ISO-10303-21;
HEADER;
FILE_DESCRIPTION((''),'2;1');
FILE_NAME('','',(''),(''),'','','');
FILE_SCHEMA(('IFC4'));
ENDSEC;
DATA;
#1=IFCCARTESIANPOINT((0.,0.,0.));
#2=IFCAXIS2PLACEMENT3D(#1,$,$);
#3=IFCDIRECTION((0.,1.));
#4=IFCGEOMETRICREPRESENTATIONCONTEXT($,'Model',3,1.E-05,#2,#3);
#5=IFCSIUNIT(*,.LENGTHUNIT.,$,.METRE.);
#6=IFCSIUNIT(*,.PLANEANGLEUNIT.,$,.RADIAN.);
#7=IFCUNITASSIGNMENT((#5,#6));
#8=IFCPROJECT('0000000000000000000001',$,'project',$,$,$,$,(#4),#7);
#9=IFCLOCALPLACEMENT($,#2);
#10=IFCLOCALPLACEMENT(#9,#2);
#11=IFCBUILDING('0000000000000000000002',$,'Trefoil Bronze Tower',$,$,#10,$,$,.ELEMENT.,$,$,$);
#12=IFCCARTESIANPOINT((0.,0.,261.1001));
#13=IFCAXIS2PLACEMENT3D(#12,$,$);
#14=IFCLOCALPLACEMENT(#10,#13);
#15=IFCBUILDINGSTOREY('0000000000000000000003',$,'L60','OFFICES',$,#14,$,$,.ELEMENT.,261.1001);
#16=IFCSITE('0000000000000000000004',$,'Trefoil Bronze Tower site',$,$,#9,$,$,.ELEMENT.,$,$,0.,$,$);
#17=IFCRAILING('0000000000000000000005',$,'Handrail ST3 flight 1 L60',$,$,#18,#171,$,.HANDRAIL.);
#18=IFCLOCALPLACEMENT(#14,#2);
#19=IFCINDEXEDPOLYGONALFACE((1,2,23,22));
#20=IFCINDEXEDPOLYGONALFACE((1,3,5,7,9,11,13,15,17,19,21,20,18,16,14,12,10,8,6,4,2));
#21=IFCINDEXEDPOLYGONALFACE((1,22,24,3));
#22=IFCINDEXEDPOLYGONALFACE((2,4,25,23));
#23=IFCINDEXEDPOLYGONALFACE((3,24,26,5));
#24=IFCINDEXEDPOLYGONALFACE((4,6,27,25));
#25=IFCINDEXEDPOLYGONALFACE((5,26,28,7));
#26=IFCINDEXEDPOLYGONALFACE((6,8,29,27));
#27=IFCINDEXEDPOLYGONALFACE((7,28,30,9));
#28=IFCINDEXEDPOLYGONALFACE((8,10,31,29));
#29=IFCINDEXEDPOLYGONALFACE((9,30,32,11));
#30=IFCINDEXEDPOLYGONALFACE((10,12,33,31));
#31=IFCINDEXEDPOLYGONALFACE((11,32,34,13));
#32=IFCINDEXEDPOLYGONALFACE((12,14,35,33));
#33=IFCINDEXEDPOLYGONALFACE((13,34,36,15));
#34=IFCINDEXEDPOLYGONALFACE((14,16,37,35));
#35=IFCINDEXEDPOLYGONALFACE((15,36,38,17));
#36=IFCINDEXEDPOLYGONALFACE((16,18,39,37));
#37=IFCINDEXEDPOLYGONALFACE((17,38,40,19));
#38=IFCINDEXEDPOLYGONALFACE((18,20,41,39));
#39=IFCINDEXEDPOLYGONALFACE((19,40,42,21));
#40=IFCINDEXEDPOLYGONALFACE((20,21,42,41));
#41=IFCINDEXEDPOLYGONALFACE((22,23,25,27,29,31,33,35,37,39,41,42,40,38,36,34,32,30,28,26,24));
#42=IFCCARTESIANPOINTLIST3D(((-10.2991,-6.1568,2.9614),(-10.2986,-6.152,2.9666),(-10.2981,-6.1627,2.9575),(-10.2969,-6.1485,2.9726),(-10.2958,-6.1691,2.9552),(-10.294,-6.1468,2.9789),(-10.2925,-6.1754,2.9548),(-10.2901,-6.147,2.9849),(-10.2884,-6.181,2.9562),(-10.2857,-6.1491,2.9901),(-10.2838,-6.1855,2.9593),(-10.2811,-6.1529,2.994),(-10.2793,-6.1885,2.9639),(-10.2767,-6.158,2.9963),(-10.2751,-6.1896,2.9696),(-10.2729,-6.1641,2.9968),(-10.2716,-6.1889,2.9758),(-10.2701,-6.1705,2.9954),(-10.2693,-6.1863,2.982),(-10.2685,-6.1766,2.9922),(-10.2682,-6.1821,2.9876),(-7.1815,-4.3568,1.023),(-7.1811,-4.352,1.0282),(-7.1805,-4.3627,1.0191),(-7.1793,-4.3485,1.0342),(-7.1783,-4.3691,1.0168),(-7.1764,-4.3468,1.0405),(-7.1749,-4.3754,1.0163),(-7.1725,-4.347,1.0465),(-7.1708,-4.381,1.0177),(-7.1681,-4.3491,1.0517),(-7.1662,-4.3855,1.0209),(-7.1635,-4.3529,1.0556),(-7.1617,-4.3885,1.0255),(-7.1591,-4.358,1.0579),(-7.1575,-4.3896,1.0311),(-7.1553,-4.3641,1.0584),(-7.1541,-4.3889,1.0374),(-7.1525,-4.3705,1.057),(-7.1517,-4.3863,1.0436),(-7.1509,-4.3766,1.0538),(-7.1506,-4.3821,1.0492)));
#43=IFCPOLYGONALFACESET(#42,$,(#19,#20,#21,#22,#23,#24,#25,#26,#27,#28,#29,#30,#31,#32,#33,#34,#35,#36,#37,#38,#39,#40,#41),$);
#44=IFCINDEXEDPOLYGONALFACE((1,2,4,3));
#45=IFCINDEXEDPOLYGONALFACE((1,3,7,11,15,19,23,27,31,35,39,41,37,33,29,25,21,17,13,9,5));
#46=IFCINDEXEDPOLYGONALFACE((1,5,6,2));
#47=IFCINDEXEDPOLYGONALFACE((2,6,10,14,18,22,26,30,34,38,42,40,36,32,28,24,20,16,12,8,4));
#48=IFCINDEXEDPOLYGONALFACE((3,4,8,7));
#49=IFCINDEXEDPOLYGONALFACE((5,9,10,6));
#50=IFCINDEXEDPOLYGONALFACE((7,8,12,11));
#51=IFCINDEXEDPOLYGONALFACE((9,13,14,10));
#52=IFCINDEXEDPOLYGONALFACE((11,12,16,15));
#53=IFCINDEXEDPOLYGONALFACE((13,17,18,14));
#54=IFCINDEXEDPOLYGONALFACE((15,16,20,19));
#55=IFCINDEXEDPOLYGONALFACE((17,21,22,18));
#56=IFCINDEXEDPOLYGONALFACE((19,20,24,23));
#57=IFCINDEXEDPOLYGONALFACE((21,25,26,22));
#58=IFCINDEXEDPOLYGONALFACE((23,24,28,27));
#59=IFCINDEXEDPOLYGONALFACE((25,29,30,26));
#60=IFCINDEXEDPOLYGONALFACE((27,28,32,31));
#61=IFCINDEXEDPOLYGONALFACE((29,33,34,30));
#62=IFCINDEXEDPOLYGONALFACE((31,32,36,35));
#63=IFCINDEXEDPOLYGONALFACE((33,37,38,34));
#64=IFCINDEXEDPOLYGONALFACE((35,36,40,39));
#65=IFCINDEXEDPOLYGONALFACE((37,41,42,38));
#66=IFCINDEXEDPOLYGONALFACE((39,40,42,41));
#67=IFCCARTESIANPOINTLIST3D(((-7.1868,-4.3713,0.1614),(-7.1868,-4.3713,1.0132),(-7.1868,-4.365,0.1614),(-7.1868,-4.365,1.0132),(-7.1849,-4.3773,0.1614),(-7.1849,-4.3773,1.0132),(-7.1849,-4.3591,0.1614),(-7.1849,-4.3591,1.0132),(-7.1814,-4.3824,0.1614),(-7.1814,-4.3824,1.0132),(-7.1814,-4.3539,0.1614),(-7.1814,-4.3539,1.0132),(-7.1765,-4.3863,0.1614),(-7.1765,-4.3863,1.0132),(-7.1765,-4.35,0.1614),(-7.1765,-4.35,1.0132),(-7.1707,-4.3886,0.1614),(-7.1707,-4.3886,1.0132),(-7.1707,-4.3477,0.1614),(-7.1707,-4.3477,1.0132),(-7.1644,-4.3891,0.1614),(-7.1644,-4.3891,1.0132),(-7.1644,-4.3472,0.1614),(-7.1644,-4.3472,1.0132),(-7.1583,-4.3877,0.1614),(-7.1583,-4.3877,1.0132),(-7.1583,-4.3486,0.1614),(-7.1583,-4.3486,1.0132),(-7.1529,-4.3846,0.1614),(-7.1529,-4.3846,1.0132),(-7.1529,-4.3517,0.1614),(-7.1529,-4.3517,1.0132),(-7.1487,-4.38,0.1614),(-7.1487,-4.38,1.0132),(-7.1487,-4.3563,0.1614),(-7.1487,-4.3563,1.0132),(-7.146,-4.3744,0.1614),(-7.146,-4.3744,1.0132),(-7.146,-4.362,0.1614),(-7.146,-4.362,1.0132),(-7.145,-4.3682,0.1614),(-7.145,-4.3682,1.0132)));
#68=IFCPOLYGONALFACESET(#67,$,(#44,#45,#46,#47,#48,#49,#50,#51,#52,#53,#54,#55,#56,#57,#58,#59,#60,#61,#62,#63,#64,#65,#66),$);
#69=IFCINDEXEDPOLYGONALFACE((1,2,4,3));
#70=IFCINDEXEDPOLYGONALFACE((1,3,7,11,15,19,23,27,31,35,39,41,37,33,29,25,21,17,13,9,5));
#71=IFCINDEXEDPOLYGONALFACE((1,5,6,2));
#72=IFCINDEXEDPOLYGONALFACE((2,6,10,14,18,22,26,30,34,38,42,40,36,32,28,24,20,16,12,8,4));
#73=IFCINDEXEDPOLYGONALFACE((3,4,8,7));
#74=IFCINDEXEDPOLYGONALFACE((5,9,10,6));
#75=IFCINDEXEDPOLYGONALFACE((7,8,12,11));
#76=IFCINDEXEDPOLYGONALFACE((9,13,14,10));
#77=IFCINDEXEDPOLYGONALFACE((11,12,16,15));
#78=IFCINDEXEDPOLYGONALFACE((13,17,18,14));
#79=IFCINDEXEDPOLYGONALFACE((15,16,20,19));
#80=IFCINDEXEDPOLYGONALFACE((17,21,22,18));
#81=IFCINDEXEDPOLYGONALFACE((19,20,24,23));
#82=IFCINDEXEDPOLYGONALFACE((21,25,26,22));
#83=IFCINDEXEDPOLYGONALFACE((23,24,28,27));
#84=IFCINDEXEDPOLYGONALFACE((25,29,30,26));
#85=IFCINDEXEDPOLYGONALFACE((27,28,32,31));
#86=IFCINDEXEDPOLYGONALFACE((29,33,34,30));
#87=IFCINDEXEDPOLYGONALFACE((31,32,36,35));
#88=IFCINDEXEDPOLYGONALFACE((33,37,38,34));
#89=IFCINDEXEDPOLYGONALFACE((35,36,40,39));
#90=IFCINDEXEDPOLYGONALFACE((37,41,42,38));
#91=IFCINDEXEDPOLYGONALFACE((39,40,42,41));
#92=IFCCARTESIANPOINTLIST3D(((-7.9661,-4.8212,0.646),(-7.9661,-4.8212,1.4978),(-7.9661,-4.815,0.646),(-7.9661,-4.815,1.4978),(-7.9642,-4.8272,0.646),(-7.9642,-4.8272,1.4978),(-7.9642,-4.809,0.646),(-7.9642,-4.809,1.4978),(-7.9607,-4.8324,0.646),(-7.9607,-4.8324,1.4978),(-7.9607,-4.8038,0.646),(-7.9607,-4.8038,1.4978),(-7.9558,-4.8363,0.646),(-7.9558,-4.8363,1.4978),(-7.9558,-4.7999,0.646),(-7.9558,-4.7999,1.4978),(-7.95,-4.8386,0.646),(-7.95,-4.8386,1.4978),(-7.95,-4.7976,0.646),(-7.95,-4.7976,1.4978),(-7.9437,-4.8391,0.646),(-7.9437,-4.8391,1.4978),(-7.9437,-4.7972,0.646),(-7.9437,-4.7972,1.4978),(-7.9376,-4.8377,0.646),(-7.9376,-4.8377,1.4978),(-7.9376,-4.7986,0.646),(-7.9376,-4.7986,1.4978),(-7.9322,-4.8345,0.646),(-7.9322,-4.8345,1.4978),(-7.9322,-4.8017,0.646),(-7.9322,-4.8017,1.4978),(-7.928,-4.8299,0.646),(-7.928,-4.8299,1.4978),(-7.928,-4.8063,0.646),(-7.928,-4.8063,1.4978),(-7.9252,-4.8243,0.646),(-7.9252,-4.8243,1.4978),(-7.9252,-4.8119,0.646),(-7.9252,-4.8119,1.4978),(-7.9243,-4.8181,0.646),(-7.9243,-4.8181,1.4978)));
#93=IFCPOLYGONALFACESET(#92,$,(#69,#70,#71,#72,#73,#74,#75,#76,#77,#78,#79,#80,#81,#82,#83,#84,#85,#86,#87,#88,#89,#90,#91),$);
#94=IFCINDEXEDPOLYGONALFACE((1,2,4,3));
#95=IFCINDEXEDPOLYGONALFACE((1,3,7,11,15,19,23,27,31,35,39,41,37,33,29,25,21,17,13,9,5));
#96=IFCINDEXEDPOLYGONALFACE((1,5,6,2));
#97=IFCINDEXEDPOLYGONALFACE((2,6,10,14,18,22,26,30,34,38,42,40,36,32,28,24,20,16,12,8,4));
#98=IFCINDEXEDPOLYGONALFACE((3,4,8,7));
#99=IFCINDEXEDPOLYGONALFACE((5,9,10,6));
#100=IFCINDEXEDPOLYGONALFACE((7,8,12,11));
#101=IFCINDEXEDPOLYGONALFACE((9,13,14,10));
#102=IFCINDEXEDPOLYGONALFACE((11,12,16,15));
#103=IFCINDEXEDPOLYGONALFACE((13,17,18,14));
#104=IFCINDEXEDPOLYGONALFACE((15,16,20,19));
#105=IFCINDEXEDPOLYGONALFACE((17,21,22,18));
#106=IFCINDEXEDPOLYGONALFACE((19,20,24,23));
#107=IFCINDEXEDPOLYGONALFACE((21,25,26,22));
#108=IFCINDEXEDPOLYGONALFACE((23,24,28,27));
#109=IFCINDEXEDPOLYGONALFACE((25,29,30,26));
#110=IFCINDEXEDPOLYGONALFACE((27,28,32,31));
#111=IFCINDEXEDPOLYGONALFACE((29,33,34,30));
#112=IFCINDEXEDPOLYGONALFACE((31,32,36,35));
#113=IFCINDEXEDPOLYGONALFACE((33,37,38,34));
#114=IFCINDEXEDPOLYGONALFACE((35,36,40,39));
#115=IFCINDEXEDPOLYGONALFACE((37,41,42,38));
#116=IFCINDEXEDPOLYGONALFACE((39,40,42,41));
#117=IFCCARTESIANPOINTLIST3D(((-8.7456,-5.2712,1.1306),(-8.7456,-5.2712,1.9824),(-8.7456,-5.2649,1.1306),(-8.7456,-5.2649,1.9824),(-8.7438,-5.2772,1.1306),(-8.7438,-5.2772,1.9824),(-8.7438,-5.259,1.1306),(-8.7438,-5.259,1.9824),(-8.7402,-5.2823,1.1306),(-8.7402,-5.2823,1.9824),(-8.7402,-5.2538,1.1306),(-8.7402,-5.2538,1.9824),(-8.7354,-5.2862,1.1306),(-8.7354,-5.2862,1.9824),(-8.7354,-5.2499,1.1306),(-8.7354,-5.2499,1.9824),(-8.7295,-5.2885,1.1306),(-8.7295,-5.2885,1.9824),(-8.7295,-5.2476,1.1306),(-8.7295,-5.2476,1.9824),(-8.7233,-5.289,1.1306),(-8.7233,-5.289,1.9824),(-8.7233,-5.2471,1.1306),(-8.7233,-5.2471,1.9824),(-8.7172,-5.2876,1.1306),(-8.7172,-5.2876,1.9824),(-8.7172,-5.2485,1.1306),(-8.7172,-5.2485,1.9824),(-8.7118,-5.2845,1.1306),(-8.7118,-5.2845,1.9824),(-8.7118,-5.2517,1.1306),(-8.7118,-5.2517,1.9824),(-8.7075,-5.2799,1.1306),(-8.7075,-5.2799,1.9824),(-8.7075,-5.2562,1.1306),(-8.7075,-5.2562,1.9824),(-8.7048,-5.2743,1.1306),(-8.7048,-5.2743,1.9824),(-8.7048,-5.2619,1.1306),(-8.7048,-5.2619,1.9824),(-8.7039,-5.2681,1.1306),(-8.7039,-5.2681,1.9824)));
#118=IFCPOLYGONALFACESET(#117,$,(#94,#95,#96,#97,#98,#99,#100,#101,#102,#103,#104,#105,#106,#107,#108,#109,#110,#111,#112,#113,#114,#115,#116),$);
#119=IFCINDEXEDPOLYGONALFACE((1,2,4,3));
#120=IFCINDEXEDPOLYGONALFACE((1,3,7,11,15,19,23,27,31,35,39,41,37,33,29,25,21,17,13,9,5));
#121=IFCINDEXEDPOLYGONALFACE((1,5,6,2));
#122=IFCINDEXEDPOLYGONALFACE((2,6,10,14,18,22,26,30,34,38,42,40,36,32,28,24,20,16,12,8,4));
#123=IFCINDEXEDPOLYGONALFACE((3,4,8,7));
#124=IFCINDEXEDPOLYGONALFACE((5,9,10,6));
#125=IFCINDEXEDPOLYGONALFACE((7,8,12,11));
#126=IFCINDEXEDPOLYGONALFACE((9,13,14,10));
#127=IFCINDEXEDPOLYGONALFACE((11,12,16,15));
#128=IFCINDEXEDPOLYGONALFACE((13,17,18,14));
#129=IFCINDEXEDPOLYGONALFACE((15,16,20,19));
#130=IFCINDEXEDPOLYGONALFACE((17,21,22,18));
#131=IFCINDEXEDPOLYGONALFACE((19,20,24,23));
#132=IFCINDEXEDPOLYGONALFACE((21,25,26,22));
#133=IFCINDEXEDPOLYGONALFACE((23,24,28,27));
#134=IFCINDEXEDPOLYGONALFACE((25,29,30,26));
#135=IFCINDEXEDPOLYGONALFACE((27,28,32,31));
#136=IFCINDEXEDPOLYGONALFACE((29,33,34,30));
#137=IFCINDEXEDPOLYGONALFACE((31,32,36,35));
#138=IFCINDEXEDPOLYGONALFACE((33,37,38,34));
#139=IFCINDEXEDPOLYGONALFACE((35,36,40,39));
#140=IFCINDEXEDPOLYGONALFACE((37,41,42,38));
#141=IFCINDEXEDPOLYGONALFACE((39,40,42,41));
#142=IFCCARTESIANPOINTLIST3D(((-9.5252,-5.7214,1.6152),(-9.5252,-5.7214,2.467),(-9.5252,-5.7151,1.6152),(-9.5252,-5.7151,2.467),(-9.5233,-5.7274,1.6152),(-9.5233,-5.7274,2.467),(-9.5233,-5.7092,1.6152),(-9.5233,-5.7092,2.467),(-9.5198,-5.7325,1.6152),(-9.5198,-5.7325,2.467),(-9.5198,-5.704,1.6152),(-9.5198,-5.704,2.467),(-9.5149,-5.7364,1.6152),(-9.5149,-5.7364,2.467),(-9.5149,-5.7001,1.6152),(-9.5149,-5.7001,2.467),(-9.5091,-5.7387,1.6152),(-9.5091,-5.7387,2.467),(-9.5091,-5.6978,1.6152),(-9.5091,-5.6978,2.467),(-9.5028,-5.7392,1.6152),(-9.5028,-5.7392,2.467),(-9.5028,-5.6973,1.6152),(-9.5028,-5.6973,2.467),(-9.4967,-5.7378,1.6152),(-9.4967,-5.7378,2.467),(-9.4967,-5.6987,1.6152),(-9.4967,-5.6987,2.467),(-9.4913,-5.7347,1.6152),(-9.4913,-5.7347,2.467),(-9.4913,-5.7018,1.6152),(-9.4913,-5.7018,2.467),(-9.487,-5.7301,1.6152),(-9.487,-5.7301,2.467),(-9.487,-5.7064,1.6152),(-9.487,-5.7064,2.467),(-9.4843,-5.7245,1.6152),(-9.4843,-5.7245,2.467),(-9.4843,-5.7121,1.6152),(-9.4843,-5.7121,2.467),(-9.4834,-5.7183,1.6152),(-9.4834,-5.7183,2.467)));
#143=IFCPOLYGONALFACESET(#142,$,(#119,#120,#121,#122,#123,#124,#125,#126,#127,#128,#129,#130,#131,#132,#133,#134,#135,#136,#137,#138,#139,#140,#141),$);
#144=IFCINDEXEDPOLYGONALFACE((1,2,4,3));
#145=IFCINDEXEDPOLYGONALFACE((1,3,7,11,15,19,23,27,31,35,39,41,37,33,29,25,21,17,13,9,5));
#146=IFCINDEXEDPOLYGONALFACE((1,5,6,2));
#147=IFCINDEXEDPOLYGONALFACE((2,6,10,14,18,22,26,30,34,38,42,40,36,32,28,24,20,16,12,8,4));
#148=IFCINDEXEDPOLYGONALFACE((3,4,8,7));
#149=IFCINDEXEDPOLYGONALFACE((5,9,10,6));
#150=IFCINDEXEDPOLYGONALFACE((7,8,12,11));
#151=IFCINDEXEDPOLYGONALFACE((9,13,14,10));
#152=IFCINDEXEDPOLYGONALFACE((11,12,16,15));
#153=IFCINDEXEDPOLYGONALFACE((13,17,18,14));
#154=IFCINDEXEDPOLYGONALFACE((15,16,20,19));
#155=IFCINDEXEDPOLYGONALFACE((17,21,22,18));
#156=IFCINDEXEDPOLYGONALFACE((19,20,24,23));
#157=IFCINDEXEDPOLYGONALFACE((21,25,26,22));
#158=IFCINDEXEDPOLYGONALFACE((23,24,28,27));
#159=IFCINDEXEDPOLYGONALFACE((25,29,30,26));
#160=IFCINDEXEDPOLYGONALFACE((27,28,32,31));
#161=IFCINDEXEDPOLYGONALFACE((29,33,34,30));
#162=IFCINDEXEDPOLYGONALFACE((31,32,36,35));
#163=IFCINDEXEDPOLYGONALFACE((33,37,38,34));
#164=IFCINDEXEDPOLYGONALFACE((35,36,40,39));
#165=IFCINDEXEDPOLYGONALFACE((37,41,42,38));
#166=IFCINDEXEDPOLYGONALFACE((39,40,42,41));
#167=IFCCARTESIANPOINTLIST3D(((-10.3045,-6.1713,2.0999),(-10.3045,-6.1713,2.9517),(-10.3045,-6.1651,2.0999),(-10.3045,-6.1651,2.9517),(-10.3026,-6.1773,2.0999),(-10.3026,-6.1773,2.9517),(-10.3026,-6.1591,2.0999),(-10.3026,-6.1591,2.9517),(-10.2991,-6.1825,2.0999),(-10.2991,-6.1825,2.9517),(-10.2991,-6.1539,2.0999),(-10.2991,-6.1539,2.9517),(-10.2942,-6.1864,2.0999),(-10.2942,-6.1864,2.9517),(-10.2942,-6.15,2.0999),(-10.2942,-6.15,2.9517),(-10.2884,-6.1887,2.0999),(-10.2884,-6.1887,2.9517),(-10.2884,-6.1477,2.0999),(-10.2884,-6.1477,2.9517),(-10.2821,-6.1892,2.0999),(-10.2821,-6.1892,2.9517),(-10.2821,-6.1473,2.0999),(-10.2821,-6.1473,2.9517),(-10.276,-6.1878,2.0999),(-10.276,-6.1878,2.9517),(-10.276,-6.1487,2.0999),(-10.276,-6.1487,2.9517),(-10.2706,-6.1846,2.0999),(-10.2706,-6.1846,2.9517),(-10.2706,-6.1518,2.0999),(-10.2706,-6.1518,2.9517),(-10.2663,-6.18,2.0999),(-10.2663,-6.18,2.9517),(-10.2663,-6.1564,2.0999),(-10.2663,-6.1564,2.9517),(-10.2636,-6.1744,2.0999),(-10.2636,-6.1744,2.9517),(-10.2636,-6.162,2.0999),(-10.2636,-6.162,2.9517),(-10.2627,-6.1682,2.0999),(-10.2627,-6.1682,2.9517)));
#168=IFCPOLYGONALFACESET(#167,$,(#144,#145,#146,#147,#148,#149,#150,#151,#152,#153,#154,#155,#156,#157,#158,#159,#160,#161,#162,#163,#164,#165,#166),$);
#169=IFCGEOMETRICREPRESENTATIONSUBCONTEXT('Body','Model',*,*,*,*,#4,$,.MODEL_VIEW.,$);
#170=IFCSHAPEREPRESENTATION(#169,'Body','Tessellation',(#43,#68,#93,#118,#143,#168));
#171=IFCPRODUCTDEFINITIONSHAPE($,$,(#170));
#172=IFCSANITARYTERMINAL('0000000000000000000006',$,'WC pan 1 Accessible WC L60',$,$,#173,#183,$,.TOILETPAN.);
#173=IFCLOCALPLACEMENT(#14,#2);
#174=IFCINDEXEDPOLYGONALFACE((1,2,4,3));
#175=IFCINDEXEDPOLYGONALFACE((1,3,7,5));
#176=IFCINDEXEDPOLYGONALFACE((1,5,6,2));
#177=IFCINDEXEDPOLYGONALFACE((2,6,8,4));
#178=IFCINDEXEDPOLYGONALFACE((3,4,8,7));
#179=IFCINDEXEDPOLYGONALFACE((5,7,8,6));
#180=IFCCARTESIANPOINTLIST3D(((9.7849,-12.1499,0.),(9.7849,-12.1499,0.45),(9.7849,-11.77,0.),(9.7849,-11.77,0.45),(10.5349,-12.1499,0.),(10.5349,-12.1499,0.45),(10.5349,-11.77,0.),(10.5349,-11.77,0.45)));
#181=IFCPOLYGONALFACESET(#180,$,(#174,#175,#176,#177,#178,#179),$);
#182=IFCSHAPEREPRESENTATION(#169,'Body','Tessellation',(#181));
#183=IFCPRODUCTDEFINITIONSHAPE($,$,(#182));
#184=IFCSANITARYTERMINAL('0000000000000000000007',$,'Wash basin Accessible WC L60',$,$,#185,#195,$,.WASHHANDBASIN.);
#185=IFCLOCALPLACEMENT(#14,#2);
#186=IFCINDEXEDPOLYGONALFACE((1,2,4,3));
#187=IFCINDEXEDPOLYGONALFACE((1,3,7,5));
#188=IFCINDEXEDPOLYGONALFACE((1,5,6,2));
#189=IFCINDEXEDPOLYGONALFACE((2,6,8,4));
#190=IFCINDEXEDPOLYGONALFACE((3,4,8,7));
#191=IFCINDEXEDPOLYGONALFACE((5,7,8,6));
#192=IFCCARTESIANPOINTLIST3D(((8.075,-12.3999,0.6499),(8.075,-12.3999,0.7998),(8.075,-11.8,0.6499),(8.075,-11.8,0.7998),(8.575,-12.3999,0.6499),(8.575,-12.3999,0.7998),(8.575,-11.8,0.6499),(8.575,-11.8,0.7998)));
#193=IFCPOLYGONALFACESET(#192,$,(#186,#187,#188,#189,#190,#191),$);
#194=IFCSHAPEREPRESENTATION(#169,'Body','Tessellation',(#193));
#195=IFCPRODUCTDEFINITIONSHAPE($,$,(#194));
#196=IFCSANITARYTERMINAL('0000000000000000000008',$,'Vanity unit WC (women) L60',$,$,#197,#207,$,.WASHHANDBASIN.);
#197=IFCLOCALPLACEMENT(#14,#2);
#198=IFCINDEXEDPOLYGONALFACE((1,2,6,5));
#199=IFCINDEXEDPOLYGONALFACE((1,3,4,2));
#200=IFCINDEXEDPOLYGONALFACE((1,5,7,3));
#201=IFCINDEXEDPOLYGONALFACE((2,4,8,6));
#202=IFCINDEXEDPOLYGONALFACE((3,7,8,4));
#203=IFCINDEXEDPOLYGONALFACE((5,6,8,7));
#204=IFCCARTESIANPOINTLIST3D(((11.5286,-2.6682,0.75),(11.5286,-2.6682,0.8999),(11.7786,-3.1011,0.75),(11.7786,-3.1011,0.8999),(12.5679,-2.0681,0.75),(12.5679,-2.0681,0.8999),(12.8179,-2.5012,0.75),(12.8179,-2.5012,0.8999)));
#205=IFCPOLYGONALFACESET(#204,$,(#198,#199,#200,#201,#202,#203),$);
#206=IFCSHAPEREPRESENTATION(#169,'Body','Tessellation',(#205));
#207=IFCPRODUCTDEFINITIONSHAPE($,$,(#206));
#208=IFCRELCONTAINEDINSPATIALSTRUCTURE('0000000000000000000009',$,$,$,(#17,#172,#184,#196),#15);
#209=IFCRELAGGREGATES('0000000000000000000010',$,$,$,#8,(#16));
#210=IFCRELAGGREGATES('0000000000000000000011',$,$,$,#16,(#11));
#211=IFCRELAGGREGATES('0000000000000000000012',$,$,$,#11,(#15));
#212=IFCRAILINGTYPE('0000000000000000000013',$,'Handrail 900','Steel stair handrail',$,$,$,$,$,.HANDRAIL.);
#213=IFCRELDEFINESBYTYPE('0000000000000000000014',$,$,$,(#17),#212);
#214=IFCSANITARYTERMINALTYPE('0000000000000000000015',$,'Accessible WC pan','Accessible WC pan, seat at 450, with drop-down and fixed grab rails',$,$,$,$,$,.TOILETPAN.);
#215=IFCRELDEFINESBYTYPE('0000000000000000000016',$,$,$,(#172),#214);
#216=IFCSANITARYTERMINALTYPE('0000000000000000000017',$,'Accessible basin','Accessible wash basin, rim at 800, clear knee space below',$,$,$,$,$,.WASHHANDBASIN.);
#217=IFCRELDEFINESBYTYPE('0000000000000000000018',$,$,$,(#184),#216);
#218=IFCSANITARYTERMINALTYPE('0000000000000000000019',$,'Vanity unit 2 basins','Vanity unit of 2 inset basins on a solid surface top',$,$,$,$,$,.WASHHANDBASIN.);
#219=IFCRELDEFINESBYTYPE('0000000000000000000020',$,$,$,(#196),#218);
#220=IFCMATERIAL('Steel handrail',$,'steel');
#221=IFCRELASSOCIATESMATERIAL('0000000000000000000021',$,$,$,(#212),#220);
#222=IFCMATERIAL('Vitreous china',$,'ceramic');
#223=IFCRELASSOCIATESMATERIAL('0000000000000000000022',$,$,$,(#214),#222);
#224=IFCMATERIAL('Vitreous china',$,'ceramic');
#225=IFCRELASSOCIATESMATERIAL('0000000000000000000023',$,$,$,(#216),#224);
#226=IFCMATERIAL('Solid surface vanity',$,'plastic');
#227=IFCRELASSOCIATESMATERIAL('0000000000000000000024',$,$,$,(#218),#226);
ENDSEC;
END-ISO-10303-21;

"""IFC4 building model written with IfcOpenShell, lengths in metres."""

from ifc_helpers import new_model, si_unit, direction, frame, origin, origin_2d, place, context, subcontext, project, spatial, polyline, circle, outline, extrude, material, type_object, element, save


model = new_model("IFC4")

# Units and contexts
model_context = context("Model", 3, precision=1e-05, world=origin(), true_north=direction((0.0, 1.0)))
body_context = subcontext(model_context, "Body", "Model", "MODEL_VIEW")
ifc_project = project(units=[si_unit("LENGTHUNIT", "METRE"), si_unit("PLANEANGLEUNIT", "RADIAN")], contexts=[model_context])

# Site, building, storey
site_placement = place(None, origin())
site = spatial("IfcSite", under=ifc_project, at=site_placement, Name="Trefoil Bronze Tower site", CompositionType="ELEMENT", RefElevation=0.0)
building_placement = place(site_placement, origin())
building = spatial("IfcBuilding", under=site, at=building_placement, Name="Trefoil Bronze Tower", CompositionType="ELEMENT")
storey_placement = place(building_placement, frame((0.0, 0.0, 261.1001)))
storey = spatial("IfcBuildingStorey", under=building, at=storey_placement, Name="L60", Description="OFFICES", CompositionType="ELEMENT", Elevation=261.1001)

# Railing
ifc_material_1 = material(Name="Steel handrail", Category="steel")
railing_type = type_object("IfcRailingType", Name="Handrail 900", Description="Steel stair handrail", PredefinedType="HANDRAIL", material=ifc_material_1)
railing_placement = place(storey_placement, frame((-7.166, -4.3682, 0.1614)))
element("IfcRailing", 1, at=railing_placement, inside=storey, type_object=railing_type, Name="Handrail ST3 flight 1 L60", PredefinedType="HANDRAIL", context=body_context, shape_type="SweptSolid", body=[
    extrude(circle(Radius=0.0239, at=origin_2d()), frame((0.0, 0.0, 0.876), z_axis=(-0.762503, -0.440246, 0.474102), x_axis=(0.500012, -0.866018, 0.0)), (0.0, 0.0, 1.0), 4.0886),
    extrude(circle(Radius=0.021, at=origin_2d()), origin(), (0.0, 0.0, 1.0), 0.8518),
    extrude(circle(Radius=0.021, at=origin_2d()), frame((-0.7793, -0.45, 0.4846)), (0.0, 0.0, 1.0), 0.8518),
    extrude(circle(Radius=0.021, at=origin_2d()), frame((-1.5588, -0.8999, 0.9692)), (0.0, 0.0, 1.0), 0.8518),
    extrude(circle(Radius=0.021, at=origin_2d()), frame((-2.3384, -1.3501, 1.4539)), (0.0, 0.0, 1.0), 0.8518),
    extrude(circle(Radius=0.021, at=origin_2d()), frame((-3.1177, -1.8, 1.9385)), (0.0, 0.0, 1.0), 0.8518),
])

# Sanitary terminals
ifc_material_2 = material(Name="Vitreous china", Category="ceramic")
sanitary_terminal_type_1 = type_object("IfcSanitaryTerminalType", Name="Accessible WC pan", Description="Accessible WC pan, seat at 450, with drop-down and fixed grab rails", PredefinedType="TOILETPAN", material=ifc_material_2)
sanitary_terminal_1_placement = place(storey_placement, origin())
element("IfcSanitaryTerminal", 2, at=sanitary_terminal_1_placement, inside=storey, type_object=sanitary_terminal_type_1, Name="WC pan 1 Accessible WC L60", PredefinedType="TOILETPAN", context=body_context, shape_type="SweptSolid", body=[
    extrude(outline(polyline([(9.7849, -11.77), (10.5349, -11.77), (10.5349, -12.1499), (9.7849, -12.1499), (9.7849, -11.77)])), origin(), (0.0, 0.0, 1.0), 0.45),
])
ifc_material_3 = material(Name="Vitreous china", Category="ceramic")
sanitary_terminal_type_2 = type_object("IfcSanitaryTerminalType", Name="Accessible basin", Description="Accessible wash basin, rim at 800, clear knee space below", PredefinedType="WASHHANDBASIN", material=ifc_material_3)
sanitary_terminal_2_placement = place(storey_placement, frame((0.0, 0.0, 0.6499)))
element("IfcSanitaryTerminal", 3, at=sanitary_terminal_2_placement, inside=storey, type_object=sanitary_terminal_type_2, Name="Wash basin Accessible WC L60", PredefinedType="WASHHANDBASIN", context=body_context, shape_type="SweptSolid", body=[
    extrude(outline(polyline([(8.075, -11.8), (8.575, -11.8), (8.575, -12.3999), (8.075, -12.3999), (8.075, -11.8)])), origin(), (0.0, 0.0, 1.0), 0.1499),
])
ifc_material_4 = material(Name="Solid surface vanity", Category="plastic")
sanitary_terminal_type_3 = type_object("IfcSanitaryTerminalType", Name="Vanity unit 2 basins", Description="Vanity unit of 2 inset basins on a solid surface top", PredefinedType="WASHHANDBASIN", material=ifc_material_4)
sanitary_terminal_3_placement = place(storey_placement, frame((0.0, 0.0, 0.75)))
element("IfcSanitaryTerminal", 4, at=sanitary_terminal_3_placement, inside=storey, type_object=sanitary_terminal_type_3, Name="Vanity unit WC (women) L60", PredefinedType="WASHHANDBASIN", context=body_context, shape_type="SweptSolid", body=[
    extrude(outline(polyline([(11.5286, -2.6682), (11.7786, -3.1011), (12.8179, -2.5012), (12.5679, -2.0681), (11.5286, -2.6682)])), origin(), (0.0, 0.0, 1.0), 0.1499),
])

save(model, "model.ifc")
